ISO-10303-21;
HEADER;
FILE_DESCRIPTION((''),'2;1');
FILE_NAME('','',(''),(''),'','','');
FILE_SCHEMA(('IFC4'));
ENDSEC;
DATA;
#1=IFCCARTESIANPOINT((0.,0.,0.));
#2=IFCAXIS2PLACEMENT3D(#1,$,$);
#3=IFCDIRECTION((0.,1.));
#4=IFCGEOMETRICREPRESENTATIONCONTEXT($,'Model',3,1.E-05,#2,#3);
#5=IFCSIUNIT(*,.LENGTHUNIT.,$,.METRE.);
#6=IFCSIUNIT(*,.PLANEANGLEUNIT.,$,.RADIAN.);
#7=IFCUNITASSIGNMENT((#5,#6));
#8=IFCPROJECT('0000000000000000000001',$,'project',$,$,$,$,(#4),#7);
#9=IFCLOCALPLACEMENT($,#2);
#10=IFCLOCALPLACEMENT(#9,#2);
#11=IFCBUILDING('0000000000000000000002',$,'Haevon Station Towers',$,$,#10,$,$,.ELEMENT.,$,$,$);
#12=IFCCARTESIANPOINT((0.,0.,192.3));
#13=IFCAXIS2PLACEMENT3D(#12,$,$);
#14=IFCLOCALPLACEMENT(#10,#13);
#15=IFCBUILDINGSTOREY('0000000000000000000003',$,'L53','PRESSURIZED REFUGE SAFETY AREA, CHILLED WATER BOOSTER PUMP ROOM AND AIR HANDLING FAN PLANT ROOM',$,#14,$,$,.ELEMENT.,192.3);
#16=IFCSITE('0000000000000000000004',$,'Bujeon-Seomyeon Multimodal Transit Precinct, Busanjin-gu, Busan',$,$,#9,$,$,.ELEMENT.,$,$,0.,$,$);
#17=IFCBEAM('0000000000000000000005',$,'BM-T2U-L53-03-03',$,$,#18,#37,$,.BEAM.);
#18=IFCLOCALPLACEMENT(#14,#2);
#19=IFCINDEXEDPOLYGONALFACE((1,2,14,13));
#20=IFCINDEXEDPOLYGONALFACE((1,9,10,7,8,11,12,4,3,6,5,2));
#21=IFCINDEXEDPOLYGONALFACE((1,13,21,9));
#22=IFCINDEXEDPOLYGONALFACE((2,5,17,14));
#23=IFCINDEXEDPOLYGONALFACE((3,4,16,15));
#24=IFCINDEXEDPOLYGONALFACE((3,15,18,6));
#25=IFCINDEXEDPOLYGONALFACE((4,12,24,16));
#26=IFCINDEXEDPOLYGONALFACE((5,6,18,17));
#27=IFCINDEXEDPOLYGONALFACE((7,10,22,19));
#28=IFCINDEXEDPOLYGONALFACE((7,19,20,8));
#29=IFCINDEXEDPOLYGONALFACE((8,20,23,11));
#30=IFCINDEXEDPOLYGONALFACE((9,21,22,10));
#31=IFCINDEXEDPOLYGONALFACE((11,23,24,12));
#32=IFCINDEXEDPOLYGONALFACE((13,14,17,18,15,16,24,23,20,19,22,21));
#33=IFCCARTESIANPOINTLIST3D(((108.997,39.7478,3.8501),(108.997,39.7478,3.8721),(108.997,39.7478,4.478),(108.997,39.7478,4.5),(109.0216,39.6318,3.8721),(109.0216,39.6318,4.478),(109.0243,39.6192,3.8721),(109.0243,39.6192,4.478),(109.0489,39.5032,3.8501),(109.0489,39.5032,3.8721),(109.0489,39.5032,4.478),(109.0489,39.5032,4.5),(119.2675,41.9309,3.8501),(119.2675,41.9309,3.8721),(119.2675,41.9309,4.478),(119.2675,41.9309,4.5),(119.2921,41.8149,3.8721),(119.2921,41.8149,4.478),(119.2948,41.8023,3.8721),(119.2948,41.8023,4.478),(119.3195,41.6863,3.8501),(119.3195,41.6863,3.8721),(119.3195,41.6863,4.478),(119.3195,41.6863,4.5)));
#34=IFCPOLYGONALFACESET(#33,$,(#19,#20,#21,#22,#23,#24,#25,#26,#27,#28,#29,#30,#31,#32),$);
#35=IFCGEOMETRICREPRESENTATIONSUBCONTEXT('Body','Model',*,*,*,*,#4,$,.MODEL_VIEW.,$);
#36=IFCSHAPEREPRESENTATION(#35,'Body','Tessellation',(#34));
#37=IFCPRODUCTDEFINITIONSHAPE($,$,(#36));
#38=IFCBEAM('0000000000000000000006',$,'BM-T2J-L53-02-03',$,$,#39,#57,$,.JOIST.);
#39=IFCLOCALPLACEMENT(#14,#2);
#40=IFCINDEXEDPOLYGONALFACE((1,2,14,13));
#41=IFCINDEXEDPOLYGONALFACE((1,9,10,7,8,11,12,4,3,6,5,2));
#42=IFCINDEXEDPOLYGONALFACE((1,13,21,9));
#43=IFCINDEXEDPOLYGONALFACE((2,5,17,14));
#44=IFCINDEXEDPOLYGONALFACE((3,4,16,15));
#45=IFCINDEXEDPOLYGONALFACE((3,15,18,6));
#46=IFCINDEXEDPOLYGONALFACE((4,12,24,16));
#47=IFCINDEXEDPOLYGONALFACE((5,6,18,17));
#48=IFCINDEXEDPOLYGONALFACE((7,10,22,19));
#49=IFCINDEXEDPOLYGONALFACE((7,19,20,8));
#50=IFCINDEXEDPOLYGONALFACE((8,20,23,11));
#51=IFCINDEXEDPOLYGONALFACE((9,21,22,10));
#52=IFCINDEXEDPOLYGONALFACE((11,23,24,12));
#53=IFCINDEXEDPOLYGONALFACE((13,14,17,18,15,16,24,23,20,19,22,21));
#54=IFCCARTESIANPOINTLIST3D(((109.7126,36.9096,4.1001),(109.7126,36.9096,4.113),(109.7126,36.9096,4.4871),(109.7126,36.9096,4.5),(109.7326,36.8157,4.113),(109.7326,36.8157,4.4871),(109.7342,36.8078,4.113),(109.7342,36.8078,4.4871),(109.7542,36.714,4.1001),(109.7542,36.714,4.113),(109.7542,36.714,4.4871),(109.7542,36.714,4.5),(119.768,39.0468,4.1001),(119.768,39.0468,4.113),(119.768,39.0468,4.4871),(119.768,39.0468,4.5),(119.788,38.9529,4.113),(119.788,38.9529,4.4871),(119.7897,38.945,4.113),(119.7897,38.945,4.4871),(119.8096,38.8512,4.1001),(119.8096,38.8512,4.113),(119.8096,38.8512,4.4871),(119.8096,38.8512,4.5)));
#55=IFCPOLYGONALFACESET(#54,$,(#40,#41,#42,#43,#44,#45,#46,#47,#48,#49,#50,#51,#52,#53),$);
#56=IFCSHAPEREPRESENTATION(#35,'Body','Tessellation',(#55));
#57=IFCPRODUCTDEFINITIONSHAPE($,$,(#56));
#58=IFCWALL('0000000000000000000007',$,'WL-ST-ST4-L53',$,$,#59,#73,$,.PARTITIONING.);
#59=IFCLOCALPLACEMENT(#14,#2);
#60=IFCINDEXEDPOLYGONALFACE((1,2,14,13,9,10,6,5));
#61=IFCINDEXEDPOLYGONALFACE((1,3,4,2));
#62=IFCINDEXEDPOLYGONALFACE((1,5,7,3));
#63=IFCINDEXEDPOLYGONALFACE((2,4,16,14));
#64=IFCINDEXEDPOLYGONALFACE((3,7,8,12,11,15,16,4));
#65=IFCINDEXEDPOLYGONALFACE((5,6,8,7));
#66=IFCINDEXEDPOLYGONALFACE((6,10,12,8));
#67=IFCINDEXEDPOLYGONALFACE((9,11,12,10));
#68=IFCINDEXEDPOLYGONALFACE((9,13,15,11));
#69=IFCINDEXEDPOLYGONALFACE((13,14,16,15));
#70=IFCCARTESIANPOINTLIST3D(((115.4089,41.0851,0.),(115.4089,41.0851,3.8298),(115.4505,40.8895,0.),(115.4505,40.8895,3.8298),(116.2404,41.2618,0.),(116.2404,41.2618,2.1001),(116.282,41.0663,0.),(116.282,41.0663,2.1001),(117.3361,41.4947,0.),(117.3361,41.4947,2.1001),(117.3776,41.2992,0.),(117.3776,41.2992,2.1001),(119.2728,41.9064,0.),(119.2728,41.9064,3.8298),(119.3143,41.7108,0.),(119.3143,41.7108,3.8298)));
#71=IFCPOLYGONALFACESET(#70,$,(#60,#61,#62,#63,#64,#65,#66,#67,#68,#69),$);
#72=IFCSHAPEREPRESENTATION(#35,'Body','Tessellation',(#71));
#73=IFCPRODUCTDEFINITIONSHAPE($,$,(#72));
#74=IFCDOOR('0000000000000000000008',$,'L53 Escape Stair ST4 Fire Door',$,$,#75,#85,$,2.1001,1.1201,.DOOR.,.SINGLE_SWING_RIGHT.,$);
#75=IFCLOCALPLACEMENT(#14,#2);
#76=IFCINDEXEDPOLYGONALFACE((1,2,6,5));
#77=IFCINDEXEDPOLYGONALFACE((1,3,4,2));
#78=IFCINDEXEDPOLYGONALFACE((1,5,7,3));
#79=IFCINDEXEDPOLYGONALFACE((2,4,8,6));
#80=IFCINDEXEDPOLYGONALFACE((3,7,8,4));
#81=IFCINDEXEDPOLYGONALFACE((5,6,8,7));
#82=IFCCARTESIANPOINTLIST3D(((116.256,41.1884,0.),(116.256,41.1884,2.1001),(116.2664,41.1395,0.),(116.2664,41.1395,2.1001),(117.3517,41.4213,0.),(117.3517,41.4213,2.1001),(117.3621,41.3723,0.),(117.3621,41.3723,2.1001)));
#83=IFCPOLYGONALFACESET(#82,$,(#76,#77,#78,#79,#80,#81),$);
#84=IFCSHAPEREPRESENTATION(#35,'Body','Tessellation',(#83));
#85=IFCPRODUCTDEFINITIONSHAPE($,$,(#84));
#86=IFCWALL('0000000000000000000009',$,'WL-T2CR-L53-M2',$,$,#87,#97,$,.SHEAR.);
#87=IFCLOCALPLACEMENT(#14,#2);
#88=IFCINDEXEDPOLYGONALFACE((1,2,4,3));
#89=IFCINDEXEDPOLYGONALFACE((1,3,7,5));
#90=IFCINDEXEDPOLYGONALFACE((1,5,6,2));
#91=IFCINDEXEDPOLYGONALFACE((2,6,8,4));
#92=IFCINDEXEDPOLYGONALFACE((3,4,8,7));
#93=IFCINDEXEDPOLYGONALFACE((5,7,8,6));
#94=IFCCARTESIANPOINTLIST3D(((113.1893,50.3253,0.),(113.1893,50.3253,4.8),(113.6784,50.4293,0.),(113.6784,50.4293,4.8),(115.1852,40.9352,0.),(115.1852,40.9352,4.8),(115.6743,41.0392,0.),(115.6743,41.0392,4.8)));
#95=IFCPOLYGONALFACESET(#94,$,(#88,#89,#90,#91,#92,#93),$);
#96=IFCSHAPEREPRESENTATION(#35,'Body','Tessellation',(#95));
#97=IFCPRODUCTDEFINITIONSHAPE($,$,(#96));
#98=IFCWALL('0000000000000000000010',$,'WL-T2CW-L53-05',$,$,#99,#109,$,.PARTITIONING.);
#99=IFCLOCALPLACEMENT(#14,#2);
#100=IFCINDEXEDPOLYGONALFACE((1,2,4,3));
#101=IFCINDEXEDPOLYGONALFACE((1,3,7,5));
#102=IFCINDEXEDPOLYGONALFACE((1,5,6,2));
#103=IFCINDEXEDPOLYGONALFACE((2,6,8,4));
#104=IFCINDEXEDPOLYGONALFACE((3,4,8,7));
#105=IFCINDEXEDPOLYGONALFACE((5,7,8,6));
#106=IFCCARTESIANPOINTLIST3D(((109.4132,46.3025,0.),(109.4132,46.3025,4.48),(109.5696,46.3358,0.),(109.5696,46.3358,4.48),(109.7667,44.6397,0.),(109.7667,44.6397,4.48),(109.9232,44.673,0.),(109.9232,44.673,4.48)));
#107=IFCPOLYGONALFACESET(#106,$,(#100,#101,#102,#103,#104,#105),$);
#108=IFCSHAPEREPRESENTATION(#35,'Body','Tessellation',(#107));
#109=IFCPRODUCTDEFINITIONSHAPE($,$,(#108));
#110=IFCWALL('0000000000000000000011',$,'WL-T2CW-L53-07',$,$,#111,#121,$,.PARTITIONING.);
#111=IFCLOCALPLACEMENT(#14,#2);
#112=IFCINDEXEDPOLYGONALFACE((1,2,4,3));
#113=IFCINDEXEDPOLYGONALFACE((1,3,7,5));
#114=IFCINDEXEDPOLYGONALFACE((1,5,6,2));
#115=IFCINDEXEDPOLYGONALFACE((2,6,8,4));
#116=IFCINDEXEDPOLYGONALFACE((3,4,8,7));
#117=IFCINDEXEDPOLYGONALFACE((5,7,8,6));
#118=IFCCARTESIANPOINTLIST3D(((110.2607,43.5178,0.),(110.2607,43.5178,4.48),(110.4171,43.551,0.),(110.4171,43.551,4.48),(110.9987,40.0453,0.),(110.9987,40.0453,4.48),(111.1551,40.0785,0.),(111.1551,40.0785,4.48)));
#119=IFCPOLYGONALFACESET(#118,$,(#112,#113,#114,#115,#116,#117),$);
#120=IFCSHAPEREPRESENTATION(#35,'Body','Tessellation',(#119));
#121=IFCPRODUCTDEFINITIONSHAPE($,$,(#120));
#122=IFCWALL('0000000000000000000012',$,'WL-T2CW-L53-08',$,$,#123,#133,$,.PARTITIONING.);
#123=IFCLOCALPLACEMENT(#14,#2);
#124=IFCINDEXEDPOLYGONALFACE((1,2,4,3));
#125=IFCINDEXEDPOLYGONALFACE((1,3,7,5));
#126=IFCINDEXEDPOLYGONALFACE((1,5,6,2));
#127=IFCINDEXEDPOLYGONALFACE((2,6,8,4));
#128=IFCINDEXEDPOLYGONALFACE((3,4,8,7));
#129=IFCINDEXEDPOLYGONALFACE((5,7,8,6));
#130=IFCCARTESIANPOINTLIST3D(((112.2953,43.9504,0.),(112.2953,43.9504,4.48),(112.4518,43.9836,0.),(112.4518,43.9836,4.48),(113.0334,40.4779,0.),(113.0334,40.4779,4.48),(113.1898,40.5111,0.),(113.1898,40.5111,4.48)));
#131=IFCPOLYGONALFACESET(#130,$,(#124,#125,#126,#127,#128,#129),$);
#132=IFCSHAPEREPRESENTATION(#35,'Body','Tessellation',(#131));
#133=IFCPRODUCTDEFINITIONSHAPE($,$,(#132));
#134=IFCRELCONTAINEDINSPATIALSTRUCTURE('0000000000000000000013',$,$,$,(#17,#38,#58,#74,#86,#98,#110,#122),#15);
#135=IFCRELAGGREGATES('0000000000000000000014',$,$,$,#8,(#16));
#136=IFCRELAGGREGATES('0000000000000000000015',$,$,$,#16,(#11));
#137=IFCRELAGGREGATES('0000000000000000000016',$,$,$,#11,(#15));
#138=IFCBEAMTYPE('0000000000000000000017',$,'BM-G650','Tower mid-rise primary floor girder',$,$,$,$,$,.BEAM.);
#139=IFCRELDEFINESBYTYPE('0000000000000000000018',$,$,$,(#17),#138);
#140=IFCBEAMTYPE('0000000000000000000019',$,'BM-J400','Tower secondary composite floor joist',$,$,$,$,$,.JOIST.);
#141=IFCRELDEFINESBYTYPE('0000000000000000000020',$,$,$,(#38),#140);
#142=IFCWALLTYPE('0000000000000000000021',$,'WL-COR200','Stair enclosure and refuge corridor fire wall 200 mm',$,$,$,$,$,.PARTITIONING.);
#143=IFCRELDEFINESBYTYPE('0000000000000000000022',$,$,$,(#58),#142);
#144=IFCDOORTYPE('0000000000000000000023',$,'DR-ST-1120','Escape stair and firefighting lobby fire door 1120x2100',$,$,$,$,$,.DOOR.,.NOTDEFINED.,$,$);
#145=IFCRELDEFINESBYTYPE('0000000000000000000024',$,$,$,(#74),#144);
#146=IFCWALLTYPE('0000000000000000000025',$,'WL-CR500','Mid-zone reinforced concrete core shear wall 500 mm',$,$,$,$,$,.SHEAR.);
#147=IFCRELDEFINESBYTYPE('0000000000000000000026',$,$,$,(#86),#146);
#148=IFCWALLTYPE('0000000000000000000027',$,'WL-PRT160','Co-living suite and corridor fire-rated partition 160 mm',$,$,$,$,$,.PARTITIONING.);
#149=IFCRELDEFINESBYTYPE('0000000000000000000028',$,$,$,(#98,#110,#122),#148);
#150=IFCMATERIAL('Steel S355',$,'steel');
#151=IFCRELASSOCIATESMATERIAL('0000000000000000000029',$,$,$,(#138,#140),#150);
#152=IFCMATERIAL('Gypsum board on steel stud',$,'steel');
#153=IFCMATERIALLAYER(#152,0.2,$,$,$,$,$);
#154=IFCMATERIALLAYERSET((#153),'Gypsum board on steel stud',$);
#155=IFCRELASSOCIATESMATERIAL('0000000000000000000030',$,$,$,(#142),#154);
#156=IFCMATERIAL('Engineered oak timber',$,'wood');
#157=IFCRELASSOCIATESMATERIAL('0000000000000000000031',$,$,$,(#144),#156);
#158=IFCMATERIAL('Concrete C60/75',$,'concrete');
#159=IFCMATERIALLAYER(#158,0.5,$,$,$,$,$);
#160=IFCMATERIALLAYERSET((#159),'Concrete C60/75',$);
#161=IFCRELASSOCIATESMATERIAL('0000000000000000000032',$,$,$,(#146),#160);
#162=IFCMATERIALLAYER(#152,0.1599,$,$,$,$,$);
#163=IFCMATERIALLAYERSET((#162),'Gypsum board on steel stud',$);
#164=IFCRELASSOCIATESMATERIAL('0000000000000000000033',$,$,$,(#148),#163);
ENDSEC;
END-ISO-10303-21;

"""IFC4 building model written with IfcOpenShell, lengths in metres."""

from ifc_helpers import new_model, si_unit, direction, frame, frame_2d, origin, origin_2d, place, context, subcontext, project, spatial, rectangle, i_section, extrude, material, layer, layer_set, material_profile, profile_set, type_object, element, fill, save


model = new_model("IFC4")

# Units and contexts
model_context = context("Model", 3, precision=1e-05, world=origin(), true_north=direction((0.0, 1.0)))
body_context = subcontext(model_context, "Body", "Model", "MODEL_VIEW")
ifc_project = project(units=[si_unit("LENGTHUNIT", "METRE"), si_unit("PLANEANGLEUNIT", "RADIAN")], contexts=[model_context])

# Site, building, storey
site_placement = place(None, origin())
site = spatial("IfcSite", under=ifc_project, at=site_placement, Name="Bujeon-Seomyeon Multimodal Transit Precinct, Busanjin-gu, Busan", CompositionType="ELEMENT", RefElevation=0.0)
building_placement = place(site_placement, origin())
building = spatial("IfcBuilding", under=site, at=building_placement, Name="Haevon Station Towers", CompositionType="ELEMENT")
storey_placement = place(building_placement, frame((0.0, 0.0, 192.3)))
storey = spatial("IfcBuildingStorey", under=building, at=storey_placement, Name="L53", Description="PRESSURIZED REFUGE SAFETY AREA, CHILLED WATER BOOSTER PUMP ROOM AND AIR HANDLING FAN PLANT ROOM", CompositionType="ELEMENT", Elevation=192.3)

# Beams
ifc_material_1 = material(Name="Steel S355", Category="steel")
ifc_material_profile_1 = material_profile(ifc_material_1, i_section(OverallWidth=0.25, OverallDepth=0.6499, WebThickness=0.0129, FlangeThickness=0.022, at=origin_2d()), Name="H-650x250x13x22")
ifc_profile_set_1 = profile_set([ifc_material_profile_1], Name="Steel S355")
beam_type_1 = type_object("IfcBeamType", Name="BM-G650", Description="Tower mid-rise primary floor girder", PredefinedType="BEAM", material=ifc_profile_set_1)
beam_1_placement = place(storey_placement, frame((109.0229, 39.6255, 4.175), z_axis=(0.978147, 0.207915, 0.0), x_axis=(-0.207915, 0.978147, 0.0)))
element("IfcBeam", 1, at=beam_1_placement, inside=storey, type_object=beam_type_1, Name="BM-T2U-L53-03-03", PredefinedType="BEAM", context=body_context, shape_type="SweptSolid", body=[
    extrude(i_section(OverallWidth=0.25, OverallDepth=0.6499, WebThickness=0.0129, FlangeThickness=0.022, at=origin_2d()), origin(), (0.0, 0.0, 1.0), 10.5),
])
ifc_material_profile_2 = material_profile(ifc_material_1, i_section(OverallWidth=0.2, OverallDepth=0.3999, WebThickness=0.0081, FlangeThickness=0.0129, at=origin_2d()), Name="H-400x200x8x13")
ifc_profile_set_2 = profile_set([ifc_material_profile_2], Name="Steel S355")
beam_type_2 = type_object("IfcBeamType", Name="BM-J400", Description="Tower secondary composite floor joist", PredefinedType="JOIST", material=ifc_profile_set_2)
beam_2_placement = place(storey_placement, frame((109.7334, 36.8118, 4.3), z_axis=(0.97815, 0.207899, 0.0), x_axis=(-0.207899, 0.97815, 0.0)))
element("IfcBeam", 2, at=beam_2_placement, inside=storey, type_object=beam_type_2, Name="BM-T2J-L53-02-03", PredefinedType="JOIST", context=body_context, shape_type="SweptSolid", body=[
    extrude(i_section(OverallWidth=0.2, OverallDepth=0.3999, WebThickness=0.0081, FlangeThickness=0.0129, at=origin_2d()), origin(), (0.0, 0.0, 1.0), 10.28),
])

# Wall, opening, door
ifc_material_2 = material(Name="Gypsum board on steel stud", Category="steel")
ifc_layer_1 = layer(ifc_material_2, 0.2)
ifc_layer_set_1 = layer_set([ifc_layer_1], Name="Gypsum board on steel stud")
wall_type_1 = type_object("IfcWallType", Name="WL-COR200", Description="Stair enclosure and refuge corridor fire wall 200 mm", PredefinedType="PARTITIONING", material=ifc_layer_set_1)
wall_1_placement = place(storey_placement, frame((115.4297, 40.9873, 0.0), z_axis=(0.0, 0.0, 1.0), x_axis=(0.978147, 0.207916, 0.0)))
wall_1 = element("IfcWall", 3, at=wall_1_placement, inside=storey, type_object=wall_type_1, Name="WL-ST-ST4-L53", PredefinedType="PARTITIONING", context=body_context, shape_type="SweptSolid", body=[
    extrude(rectangle(XDim=3.9502, YDim=0.2, at=frame_2d((1.9751, 0.0))), origin(), (0.0, 0.0, 1.0), 3.8298),
])
opening_1_placement = place(wall_1_placement, frame((0.8501, 0.0, 0.0)))
opening_1 = element("IfcOpeningElement", 4, at=opening_1_placement, cuts=wall_1, PredefinedType="OPENING", context=body_context, shape_type="SweptSolid", body=[
    extrude(rectangle(XDim=1.1201, YDim=2.1001, at=frame_2d((0.5601, 1.05))), frame((0.0, 0.1099, 0.0), z_axis=(0.0, -1.0, 0.0), x_axis=(1.0, 0.0, 0.0)), (0.0, 0.0, 1.0), 0.22),
])
ifc_material_3 = material(Name="Engineered oak timber", Category="wood")
door_type_1 = type_object("IfcDoorType", Name="DR-ST-1120", Description="Escape stair and firefighting lobby fire door 1120x2100", OperationType="NOTDEFINED", PredefinedType="DOOR", material=ifc_material_3)
door_1_placement = place(opening_1_placement, origin())
door_1 = element("IfcDoor", 5, at=door_1_placement, inside=storey, type_object=door_type_1, Name="L53 Escape Stair ST4 Fire Door", OperationType="SINGLE_SWING_RIGHT", OverallHeight=2.1001, OverallWidth=1.1201, PredefinedType="DOOR", context=body_context, shape_type="SweptSolid", body=[
    extrude(rectangle(XDim=1.1201, YDim=2.1001, at=frame_2d((0.5601, 1.05))), frame((0.0, 0.0249, 0.0), z_axis=(0.0, -1.0, 0.0), x_axis=(1.0, 0.0, 0.0)), (0.0, 0.0, 1.0), 0.05),
])
fill(opening_1, door_1)

# Walls
ifc_material_4 = material(Name="Concrete C60/75", Category="concrete")
ifc_layer_2 = layer(ifc_material_4, 0.5)
ifc_layer_set_2 = layer_set([ifc_layer_2], Name="Concrete C60/75")
wall_type_2 = type_object("IfcWallType", Name="WL-CR500", Description="Mid-zone reinforced concrete core shear wall 500 mm", PredefinedType="SHEAR", material=ifc_layer_set_2)
wall_2_placement = place(storey_placement, frame((115.4297, 40.9873, 0.0), z_axis=(0.0, 0.0, 1.0), x_axis=(-0.207903, 0.978149, 0.0)))
element("IfcWall", 6, at=wall_2_placement, inside=storey, type_object=wall_type_2, Name="WL-T2CR-L53-M2", PredefinedType="SHEAR", context=body_context, shape_type="SweptSolid", body=[
    extrude(rectangle(XDim=9.5999, YDim=0.5, at=frame_2d((4.7998, 0.0))), origin(), (0.0, 0.0, 1.0), 4.8),
])
ifc_layer_3 = layer(ifc_material_2, 0.1599)
ifc_layer_set_3 = layer_set([ifc_layer_3], Name="Gypsum board on steel stud")
wall_type_3 = type_object("IfcWallType", Name="WL-PRT160", Description="Co-living suite and corridor fire-rated partition 160 mm", PredefinedType="PARTITIONING", material=ifc_layer_set_3)
wall_3_placement = place(storey_placement, frame((109.845, 44.6562, 0.0), z_axis=(0.0, 0.0, 1.0), x_axis=(-0.20795, 0.97814, 0.0)))
element("IfcWall", 7, at=wall_3_placement, inside=storey, type_object=wall_type_3, Name="WL-T2CW-L53-05", PredefinedType="PARTITIONING", context=body_context, shape_type="SweptSolid", body=[
    extrude(rectangle(XDim=1.7, YDim=0.1599, at=frame_2d((0.8501, 0.0))), origin(), (0.0, 0.0, 1.0), 4.48),
])
for number, where, z_axis, x_axis, name in (
    (8, (111.0769, 40.062, 0.0), (0.0, 0.0, 1.0), (-0.207899, 0.97815, 0.0), "WL-T2CW-L53-07"),
    (9, (113.1116, 40.4946, 0.0), (0.0, 0.0, 1.0), (-0.207899, 0.97815, 0.0), "WL-T2CW-L53-08"),
):
    element("IfcWall", number, at=place(storey_placement, frame(where, z_axis=z_axis, x_axis=x_axis)), inside=storey, type_object=wall_type_3, Name=name, PredefinedType="PARTITIONING", context=body_context, shape_type="SweptSolid", body=[
        extrude(rectangle(XDim=3.55, YDim=0.1599, at=frame_2d((1.7749, 0.0))), origin(), (0.0, 0.0, 1.0), 4.48),
    ])

save(model, "model.ifc")
